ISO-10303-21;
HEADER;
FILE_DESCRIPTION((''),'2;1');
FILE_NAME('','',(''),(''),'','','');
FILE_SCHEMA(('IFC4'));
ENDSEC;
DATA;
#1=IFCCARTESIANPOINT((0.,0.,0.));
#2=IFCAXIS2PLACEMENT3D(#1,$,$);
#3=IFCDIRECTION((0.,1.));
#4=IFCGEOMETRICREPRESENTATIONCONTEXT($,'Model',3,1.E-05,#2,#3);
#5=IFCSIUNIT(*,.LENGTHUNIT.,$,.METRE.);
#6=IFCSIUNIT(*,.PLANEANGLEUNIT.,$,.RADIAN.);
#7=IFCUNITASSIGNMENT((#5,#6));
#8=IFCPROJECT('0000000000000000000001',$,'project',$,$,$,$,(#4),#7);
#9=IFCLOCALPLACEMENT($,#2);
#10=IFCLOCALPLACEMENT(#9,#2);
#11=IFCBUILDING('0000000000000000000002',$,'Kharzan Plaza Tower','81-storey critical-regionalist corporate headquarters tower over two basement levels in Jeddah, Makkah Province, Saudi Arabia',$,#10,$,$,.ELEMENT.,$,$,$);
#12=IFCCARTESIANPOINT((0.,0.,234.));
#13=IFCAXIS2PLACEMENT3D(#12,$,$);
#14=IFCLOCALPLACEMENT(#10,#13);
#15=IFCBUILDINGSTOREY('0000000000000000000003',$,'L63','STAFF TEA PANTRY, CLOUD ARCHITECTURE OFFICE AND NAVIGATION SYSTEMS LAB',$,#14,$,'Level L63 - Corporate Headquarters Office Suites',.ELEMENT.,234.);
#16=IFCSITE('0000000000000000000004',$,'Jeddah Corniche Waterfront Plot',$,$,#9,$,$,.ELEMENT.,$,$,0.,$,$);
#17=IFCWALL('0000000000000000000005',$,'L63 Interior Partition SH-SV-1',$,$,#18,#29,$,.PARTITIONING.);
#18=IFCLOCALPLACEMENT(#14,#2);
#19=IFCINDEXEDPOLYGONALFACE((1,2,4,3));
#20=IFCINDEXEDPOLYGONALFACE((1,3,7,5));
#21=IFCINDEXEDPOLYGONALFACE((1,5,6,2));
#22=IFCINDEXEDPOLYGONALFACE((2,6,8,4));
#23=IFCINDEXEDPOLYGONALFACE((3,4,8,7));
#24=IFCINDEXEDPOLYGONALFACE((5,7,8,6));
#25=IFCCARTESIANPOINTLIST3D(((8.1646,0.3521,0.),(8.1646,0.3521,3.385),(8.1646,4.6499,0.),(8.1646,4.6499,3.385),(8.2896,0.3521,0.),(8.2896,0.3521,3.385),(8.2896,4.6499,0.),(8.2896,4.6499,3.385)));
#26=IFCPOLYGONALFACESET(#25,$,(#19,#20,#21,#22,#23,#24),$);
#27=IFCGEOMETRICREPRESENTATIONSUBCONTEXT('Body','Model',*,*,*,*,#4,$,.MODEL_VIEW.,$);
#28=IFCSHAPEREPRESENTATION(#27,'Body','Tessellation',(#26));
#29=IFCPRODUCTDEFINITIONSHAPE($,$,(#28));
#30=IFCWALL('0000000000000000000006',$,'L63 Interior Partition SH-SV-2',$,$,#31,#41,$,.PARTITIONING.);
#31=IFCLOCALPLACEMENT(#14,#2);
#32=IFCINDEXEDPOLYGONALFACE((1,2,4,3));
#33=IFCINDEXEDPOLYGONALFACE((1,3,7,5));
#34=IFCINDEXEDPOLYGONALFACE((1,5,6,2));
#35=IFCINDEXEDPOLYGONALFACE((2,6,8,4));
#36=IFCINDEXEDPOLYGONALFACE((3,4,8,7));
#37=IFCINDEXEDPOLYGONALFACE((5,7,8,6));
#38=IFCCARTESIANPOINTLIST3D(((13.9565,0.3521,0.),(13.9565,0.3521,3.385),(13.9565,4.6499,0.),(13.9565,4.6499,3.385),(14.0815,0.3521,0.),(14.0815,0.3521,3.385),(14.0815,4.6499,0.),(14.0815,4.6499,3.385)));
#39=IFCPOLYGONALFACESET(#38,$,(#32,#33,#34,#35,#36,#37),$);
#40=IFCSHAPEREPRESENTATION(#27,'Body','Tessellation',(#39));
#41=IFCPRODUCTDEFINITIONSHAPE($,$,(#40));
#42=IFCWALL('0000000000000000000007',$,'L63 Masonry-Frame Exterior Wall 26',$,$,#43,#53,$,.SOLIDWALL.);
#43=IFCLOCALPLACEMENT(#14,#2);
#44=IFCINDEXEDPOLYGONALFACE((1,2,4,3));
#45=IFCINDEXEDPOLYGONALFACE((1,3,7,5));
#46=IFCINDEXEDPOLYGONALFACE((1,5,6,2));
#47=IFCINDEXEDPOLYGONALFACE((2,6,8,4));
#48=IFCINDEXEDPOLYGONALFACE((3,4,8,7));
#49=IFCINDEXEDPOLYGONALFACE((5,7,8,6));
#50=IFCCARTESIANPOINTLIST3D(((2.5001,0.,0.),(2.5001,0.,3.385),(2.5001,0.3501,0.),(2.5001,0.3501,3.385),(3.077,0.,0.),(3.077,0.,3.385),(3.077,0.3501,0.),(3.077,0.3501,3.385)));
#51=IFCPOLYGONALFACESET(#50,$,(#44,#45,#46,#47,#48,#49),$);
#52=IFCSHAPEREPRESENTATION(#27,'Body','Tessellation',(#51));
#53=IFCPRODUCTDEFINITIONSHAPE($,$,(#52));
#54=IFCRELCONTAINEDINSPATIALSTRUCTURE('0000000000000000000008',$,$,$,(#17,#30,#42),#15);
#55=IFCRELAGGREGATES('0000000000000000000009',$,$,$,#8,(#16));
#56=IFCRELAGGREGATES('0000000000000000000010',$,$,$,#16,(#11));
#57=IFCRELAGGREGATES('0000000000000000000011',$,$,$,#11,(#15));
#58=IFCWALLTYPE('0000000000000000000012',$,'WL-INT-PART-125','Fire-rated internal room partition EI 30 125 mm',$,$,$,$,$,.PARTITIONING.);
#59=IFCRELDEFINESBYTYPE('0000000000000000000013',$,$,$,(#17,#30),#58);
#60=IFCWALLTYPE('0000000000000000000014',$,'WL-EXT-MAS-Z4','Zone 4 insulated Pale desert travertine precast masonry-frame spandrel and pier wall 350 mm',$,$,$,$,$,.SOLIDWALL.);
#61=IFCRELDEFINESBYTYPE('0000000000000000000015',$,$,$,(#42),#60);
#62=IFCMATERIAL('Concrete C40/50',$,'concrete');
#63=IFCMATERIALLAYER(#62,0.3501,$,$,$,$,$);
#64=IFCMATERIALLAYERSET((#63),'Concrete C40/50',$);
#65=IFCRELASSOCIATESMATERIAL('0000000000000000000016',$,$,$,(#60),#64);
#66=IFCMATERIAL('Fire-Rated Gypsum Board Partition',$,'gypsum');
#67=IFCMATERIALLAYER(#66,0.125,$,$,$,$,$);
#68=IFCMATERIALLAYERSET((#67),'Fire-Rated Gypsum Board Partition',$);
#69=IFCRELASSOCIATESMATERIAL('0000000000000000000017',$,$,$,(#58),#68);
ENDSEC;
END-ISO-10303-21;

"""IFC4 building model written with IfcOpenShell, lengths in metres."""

from ifc_helpers import new_model, si_unit, direction, frame, frame_2d, origin, place, context, subcontext, project, spatial, rectangle, extrude, source, transform, mapped, material, layer, layer_set, type_object, element, save


model = new_model("IFC4")

# Units and contexts
model_context = context("Model", 3, precision=1e-05, world=origin(), true_north=direction((0.0, 1.0)))
body_context = subcontext(model_context, "Body", "Model", "MODEL_VIEW")
ifc_project = project(units=[si_unit("LENGTHUNIT", "METRE"), si_unit("PLANEANGLEUNIT", "RADIAN")], contexts=[model_context])

# Site, building, storey
site_placement = place(None, origin())
site = spatial("IfcSite", under=ifc_project, at=site_placement, Name="Jeddah Corniche Waterfront Plot", CompositionType="ELEMENT", RefElevation=0.0)
building_placement = place(site_placement, origin())
building = spatial("IfcBuilding", under=site, at=building_placement, Name="Kharzan Plaza Tower", Description="81-storey critical-regionalist corporate headquarters tower over two basement levels in Jeddah, Makkah Province, Saudi Arabia", CompositionType="ELEMENT")
storey_placement = place(building_placement, frame((0.0, 0.0, 234.0)))
storey = spatial("IfcBuildingStorey", under=building, at=storey_placement, Name="L63", Description="STAFF TEA PANTRY, CLOUD ARCHITECTURE OFFICE AND NAVIGATION SYSTEMS LAB", LongName="Level L63 - Corporate Headquarters Office Suites", CompositionType="ELEMENT", Elevation=234.0)

# Shared definitions
ifc_material_1 = material(Name="Concrete C40/50", Category="concrete")
ifc_layer_1 = layer(ifc_material_1, 0.3501)
ifc_layer_set_1 = layer_set([ifc_layer_1], Name="Concrete C40/50")
wall_type_1 = type_object("IfcWallType", Name="WL-EXT-MAS-Z4", Description="Zone 4 insulated Pale desert travertine precast masonry-frame spandrel and pier wall 350 mm", PredefinedType="SOLIDWALL", material=ifc_layer_set_1)

# Shared definitions
ifc_material_2 = material(Name="Fire-Rated Gypsum Board Partition", Category="gypsum")
ifc_layer_2 = layer(ifc_material_2, 0.125)
ifc_layer_set_2 = layer_set([ifc_layer_2], Name="Fire-Rated Gypsum Board Partition")
wall_type_2 = type_object("IfcWallType", Name="WL-INT-PART-125", Description="Fire-rated internal room partition EI 30 125 mm", PredefinedType="PARTITIONING", material=ifc_layer_set_2)

# Walls
shared_shape_1 = source(origin(), body_context, "Body", "SweptSolid", [
    extrude(rectangle(XDim=4.2979, YDim=0.125, at=frame_2d((2.1489, 0.0))), origin(), (0.0, 0.0, 1.0), 3.385),
])
for number, where, z_axis, x_axis, name in (
    (1, (8.2271, 0.3521, 0.0), (0.0, 0.0, 1.0), (0.0, 1.0, 0.0), "L63 Interior Partition SH-SV-1"),
    (2, (14.019, 0.3521, 0.0), (0.0, 0.0, 1.0), (0.0, 1.0, 0.0), "L63 Interior Partition SH-SV-2"),
):
    element("IfcWall", number, at=place(storey_placement, frame(where, z_axis=z_axis, x_axis=x_axis)), inside=storey, type_object=wall_type_2, Name=name, PredefinedType="PARTITIONING", context=body_context, shape_type="MappedRepresentation", body=[
        mapped(shared_shape_1, transform((0.0, 0.0, 0.0), x_axis=(1.0, 0.0, 0.0), y_axis=(0.0, 1.0, 0.0), z_axis=(0.0, 0.0, 1.0))),
    ])
shared_shape_2 = source(origin(), body_context, "Body", "SweptSolid", [
    extrude(rectangle(XDim=0.5769, YDim=0.3501, at=frame_2d((0.2886, 0.0))), origin(), (0.0, 0.0, 1.0), 3.385),
])
wall_1_placement = place(storey_placement, frame((2.5, 0.175, 0.0), z_axis=(0.0, 0.0, 1.0), x_axis=(1.0, 0.0, 0.0)))
element("IfcWall", 3, at=wall_1_placement, inside=storey, type_object=wall_type_1, Name="L63 Masonry-Frame Exterior Wall 26", PredefinedType="SOLIDWALL", context=body_context, shape_type="MappedRepresentation", body=[
    mapped(shared_shape_2, transform((0.0, 0.0, 0.0), x_axis=(1.0, 0.0, 0.0), y_axis=(0.0, 1.0, 0.0), z_axis=(0.0, 0.0, 1.0))),
])

save(model, "model.ifc")
